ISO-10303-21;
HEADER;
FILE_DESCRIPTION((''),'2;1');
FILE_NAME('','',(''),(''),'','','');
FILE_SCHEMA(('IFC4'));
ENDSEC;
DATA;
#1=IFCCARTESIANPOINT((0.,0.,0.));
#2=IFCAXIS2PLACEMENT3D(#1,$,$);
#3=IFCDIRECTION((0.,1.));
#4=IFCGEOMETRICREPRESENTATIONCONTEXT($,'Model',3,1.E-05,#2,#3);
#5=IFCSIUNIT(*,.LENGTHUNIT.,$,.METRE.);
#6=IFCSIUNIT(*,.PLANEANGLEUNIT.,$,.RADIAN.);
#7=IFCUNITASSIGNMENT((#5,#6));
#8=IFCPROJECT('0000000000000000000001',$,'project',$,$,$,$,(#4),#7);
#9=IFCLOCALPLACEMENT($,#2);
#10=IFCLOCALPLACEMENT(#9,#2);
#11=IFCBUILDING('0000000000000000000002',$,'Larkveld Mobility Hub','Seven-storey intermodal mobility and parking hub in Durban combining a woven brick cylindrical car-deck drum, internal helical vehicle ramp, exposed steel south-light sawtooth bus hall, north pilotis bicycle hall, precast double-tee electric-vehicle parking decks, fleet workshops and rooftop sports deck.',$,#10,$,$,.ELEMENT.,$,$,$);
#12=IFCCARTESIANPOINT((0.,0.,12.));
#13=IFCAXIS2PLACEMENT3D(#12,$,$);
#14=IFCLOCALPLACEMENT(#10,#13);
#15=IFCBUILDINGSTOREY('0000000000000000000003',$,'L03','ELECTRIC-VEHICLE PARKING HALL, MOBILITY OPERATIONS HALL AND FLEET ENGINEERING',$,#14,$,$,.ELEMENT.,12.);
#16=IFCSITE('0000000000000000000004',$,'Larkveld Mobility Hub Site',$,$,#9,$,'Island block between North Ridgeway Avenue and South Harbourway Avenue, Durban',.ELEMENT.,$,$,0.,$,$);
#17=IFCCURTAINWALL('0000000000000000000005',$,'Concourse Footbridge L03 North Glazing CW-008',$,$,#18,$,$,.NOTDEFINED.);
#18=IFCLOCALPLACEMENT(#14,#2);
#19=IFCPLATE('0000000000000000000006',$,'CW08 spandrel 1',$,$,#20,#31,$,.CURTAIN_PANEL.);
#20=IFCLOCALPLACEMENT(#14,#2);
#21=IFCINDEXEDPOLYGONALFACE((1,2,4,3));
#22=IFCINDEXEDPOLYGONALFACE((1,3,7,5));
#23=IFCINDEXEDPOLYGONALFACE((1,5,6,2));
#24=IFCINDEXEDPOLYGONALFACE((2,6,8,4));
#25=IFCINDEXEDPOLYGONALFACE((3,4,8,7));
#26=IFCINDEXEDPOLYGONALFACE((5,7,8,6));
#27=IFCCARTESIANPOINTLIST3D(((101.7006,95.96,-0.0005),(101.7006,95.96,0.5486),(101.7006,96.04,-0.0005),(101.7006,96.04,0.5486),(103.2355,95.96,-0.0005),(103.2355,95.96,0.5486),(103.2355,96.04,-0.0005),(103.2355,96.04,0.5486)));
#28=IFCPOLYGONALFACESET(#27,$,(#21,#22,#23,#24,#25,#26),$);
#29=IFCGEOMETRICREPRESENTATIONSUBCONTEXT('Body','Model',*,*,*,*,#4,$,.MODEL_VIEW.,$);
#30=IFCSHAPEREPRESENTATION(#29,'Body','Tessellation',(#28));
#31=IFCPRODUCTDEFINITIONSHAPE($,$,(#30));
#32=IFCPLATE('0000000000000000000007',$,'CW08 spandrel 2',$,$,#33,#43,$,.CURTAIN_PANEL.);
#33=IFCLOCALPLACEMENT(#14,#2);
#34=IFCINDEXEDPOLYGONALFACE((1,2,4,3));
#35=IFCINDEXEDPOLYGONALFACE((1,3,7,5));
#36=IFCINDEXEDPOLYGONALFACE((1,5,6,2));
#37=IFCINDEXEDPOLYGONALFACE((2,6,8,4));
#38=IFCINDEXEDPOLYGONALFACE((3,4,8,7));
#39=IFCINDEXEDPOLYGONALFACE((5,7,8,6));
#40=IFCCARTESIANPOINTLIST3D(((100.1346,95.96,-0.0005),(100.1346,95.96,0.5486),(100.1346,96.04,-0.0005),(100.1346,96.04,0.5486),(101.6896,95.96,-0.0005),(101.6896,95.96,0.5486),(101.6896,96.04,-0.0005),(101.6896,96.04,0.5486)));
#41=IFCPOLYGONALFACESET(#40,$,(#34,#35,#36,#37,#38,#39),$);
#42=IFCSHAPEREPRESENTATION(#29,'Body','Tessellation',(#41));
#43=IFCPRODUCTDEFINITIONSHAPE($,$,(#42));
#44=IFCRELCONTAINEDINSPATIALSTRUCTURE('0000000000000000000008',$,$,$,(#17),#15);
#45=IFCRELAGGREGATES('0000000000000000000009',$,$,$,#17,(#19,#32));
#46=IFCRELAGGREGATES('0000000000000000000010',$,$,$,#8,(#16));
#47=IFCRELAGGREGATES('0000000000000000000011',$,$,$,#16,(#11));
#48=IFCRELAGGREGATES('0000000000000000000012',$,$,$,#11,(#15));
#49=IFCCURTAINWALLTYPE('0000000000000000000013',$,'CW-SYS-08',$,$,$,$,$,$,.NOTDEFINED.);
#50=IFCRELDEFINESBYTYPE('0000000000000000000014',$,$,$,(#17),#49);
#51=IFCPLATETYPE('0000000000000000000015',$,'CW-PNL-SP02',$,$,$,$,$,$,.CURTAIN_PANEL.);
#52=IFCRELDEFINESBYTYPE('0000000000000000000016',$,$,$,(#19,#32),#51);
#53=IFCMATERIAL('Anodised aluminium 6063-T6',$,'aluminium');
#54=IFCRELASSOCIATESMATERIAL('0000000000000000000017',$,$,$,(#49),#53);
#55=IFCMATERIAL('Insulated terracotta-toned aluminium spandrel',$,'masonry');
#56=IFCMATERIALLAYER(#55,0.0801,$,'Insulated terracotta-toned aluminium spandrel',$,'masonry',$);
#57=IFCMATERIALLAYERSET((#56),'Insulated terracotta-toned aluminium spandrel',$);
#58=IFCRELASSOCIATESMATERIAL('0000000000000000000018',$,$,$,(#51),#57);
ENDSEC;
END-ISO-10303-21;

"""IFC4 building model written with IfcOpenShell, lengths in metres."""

from ifc_helpers import new_model, si_unit, direction, frame, origin, origin_2d, place, context, subcontext, project, spatial, rectangle, extrude, material, layer, layer_set, type_object, element, aggregate, save


model = new_model("IFC4")

# Units and contexts
model_context = context("Model", 3, precision=1e-05, world=origin(), true_north=direction((0.0, 1.0)))
body_context = subcontext(model_context, "Body", "Model", "MODEL_VIEW")
ifc_project = project(units=[si_unit("LENGTHUNIT", "METRE"), si_unit("PLANEANGLEUNIT", "RADIAN")], contexts=[model_context])

# Site, building, storey
site_placement = place(None, origin())
site = spatial("IfcSite", under=ifc_project, at=site_placement, Name="Larkveld Mobility Hub Site", LongName="Island block between North Ridgeway Avenue and South Harbourway Avenue, Durban", CompositionType="ELEMENT", RefElevation=0.0)
building_placement = place(site_placement, origin())
building = spatial("IfcBuilding", under=site, at=building_placement, Name="Larkveld Mobility Hub", Description="Seven-storey intermodal mobility and parking hub in Durban combining a woven brick cylindrical car-deck drum, internal helical vehicle ramp, exposed steel south-light sawtooth bus hall, north pilotis bicycle hall, precast double-tee electric-vehicle parking decks, fleet workshops and rooftop sports deck.", CompositionType="ELEMENT")
storey_placement = place(building_placement, frame((0.0, 0.0, 12.0)))
storey = spatial("IfcBuildingStorey", under=building, at=storey_placement, Name="L03", Description="ELECTRIC-VEHICLE PARKING HALL, MOBILITY OPERATIONS HALL AND FLEET ENGINEERING", CompositionType="ELEMENT", Elevation=12.0)

# Curtain wall, plates
ifc_material_1 = material(Name="Anodised aluminium 6063-T6", Category="aluminium")
curtain_wall_type = type_object("IfcCurtainWallType", Name="CW-SYS-08", PredefinedType="NOTDEFINED", material=ifc_material_1)
curtain_wall_placement = place(storey_placement, origin())
curtain_wall = element("IfcCurtainWall", 1, at=curtain_wall_placement, inside=storey, type_object=curtain_wall_type, Name="Concourse Footbridge L03 North Glazing CW-008", PredefinedType="NOTDEFINED")
ifc_material_2 = material(Name="Insulated terracotta-toned aluminium spandrel", Category="masonry")
ifc_layer_1 = layer(ifc_material_2, 0.0801, Name="Insulated terracotta-toned aluminium spandrel", Category="masonry")
ifc_layer_set_1 = layer_set([ifc_layer_1], Name="Insulated terracotta-toned aluminium spandrel")
plate_type_1 = type_object("IfcPlateType", Name="CW-PNL-SP02", PredefinedType="CURTAIN_PANEL", material=ifc_layer_set_1)
plate_1_placement = place(storey_placement, frame((102.468, 96.0, -0.0005), z_axis=(0.0, 0.0, 1.0), x_axis=(-1.0, 0.0, 0.0)))
plate_1 = element("IfcPlate", 2, at=plate_1_placement, type_object=plate_type_1, Name="CW08 spandrel 1", PredefinedType="CURTAIN_PANEL", context=body_context, shape_type="SweptSolid", body=[
    extrude(rectangle(XDim=1.5349, YDim=0.0801, at=origin_2d()), origin(), (0.0, 0.0, 1.0), 0.5491),
])
plate_2_placement = place(storey_placement, frame((100.9121, 96.0, -0.0005), z_axis=(0.0, 0.0, 1.0), x_axis=(-1.0, 0.0, 0.0)))
plate_2 = element("IfcPlate", 3, at=plate_2_placement, type_object=plate_type_1, Name="CW08 spandrel 2", PredefinedType="CURTAIN_PANEL", context=body_context, shape_type="SweptSolid", body=[
    extrude(rectangle(XDim=1.5549, YDim=0.0801, at=origin_2d()), origin(), (0.0, 0.0, 1.0), 0.5491),
])
aggregate(curtain_wall, [plate_1, plate_2])

save(model, "model.ifc")
